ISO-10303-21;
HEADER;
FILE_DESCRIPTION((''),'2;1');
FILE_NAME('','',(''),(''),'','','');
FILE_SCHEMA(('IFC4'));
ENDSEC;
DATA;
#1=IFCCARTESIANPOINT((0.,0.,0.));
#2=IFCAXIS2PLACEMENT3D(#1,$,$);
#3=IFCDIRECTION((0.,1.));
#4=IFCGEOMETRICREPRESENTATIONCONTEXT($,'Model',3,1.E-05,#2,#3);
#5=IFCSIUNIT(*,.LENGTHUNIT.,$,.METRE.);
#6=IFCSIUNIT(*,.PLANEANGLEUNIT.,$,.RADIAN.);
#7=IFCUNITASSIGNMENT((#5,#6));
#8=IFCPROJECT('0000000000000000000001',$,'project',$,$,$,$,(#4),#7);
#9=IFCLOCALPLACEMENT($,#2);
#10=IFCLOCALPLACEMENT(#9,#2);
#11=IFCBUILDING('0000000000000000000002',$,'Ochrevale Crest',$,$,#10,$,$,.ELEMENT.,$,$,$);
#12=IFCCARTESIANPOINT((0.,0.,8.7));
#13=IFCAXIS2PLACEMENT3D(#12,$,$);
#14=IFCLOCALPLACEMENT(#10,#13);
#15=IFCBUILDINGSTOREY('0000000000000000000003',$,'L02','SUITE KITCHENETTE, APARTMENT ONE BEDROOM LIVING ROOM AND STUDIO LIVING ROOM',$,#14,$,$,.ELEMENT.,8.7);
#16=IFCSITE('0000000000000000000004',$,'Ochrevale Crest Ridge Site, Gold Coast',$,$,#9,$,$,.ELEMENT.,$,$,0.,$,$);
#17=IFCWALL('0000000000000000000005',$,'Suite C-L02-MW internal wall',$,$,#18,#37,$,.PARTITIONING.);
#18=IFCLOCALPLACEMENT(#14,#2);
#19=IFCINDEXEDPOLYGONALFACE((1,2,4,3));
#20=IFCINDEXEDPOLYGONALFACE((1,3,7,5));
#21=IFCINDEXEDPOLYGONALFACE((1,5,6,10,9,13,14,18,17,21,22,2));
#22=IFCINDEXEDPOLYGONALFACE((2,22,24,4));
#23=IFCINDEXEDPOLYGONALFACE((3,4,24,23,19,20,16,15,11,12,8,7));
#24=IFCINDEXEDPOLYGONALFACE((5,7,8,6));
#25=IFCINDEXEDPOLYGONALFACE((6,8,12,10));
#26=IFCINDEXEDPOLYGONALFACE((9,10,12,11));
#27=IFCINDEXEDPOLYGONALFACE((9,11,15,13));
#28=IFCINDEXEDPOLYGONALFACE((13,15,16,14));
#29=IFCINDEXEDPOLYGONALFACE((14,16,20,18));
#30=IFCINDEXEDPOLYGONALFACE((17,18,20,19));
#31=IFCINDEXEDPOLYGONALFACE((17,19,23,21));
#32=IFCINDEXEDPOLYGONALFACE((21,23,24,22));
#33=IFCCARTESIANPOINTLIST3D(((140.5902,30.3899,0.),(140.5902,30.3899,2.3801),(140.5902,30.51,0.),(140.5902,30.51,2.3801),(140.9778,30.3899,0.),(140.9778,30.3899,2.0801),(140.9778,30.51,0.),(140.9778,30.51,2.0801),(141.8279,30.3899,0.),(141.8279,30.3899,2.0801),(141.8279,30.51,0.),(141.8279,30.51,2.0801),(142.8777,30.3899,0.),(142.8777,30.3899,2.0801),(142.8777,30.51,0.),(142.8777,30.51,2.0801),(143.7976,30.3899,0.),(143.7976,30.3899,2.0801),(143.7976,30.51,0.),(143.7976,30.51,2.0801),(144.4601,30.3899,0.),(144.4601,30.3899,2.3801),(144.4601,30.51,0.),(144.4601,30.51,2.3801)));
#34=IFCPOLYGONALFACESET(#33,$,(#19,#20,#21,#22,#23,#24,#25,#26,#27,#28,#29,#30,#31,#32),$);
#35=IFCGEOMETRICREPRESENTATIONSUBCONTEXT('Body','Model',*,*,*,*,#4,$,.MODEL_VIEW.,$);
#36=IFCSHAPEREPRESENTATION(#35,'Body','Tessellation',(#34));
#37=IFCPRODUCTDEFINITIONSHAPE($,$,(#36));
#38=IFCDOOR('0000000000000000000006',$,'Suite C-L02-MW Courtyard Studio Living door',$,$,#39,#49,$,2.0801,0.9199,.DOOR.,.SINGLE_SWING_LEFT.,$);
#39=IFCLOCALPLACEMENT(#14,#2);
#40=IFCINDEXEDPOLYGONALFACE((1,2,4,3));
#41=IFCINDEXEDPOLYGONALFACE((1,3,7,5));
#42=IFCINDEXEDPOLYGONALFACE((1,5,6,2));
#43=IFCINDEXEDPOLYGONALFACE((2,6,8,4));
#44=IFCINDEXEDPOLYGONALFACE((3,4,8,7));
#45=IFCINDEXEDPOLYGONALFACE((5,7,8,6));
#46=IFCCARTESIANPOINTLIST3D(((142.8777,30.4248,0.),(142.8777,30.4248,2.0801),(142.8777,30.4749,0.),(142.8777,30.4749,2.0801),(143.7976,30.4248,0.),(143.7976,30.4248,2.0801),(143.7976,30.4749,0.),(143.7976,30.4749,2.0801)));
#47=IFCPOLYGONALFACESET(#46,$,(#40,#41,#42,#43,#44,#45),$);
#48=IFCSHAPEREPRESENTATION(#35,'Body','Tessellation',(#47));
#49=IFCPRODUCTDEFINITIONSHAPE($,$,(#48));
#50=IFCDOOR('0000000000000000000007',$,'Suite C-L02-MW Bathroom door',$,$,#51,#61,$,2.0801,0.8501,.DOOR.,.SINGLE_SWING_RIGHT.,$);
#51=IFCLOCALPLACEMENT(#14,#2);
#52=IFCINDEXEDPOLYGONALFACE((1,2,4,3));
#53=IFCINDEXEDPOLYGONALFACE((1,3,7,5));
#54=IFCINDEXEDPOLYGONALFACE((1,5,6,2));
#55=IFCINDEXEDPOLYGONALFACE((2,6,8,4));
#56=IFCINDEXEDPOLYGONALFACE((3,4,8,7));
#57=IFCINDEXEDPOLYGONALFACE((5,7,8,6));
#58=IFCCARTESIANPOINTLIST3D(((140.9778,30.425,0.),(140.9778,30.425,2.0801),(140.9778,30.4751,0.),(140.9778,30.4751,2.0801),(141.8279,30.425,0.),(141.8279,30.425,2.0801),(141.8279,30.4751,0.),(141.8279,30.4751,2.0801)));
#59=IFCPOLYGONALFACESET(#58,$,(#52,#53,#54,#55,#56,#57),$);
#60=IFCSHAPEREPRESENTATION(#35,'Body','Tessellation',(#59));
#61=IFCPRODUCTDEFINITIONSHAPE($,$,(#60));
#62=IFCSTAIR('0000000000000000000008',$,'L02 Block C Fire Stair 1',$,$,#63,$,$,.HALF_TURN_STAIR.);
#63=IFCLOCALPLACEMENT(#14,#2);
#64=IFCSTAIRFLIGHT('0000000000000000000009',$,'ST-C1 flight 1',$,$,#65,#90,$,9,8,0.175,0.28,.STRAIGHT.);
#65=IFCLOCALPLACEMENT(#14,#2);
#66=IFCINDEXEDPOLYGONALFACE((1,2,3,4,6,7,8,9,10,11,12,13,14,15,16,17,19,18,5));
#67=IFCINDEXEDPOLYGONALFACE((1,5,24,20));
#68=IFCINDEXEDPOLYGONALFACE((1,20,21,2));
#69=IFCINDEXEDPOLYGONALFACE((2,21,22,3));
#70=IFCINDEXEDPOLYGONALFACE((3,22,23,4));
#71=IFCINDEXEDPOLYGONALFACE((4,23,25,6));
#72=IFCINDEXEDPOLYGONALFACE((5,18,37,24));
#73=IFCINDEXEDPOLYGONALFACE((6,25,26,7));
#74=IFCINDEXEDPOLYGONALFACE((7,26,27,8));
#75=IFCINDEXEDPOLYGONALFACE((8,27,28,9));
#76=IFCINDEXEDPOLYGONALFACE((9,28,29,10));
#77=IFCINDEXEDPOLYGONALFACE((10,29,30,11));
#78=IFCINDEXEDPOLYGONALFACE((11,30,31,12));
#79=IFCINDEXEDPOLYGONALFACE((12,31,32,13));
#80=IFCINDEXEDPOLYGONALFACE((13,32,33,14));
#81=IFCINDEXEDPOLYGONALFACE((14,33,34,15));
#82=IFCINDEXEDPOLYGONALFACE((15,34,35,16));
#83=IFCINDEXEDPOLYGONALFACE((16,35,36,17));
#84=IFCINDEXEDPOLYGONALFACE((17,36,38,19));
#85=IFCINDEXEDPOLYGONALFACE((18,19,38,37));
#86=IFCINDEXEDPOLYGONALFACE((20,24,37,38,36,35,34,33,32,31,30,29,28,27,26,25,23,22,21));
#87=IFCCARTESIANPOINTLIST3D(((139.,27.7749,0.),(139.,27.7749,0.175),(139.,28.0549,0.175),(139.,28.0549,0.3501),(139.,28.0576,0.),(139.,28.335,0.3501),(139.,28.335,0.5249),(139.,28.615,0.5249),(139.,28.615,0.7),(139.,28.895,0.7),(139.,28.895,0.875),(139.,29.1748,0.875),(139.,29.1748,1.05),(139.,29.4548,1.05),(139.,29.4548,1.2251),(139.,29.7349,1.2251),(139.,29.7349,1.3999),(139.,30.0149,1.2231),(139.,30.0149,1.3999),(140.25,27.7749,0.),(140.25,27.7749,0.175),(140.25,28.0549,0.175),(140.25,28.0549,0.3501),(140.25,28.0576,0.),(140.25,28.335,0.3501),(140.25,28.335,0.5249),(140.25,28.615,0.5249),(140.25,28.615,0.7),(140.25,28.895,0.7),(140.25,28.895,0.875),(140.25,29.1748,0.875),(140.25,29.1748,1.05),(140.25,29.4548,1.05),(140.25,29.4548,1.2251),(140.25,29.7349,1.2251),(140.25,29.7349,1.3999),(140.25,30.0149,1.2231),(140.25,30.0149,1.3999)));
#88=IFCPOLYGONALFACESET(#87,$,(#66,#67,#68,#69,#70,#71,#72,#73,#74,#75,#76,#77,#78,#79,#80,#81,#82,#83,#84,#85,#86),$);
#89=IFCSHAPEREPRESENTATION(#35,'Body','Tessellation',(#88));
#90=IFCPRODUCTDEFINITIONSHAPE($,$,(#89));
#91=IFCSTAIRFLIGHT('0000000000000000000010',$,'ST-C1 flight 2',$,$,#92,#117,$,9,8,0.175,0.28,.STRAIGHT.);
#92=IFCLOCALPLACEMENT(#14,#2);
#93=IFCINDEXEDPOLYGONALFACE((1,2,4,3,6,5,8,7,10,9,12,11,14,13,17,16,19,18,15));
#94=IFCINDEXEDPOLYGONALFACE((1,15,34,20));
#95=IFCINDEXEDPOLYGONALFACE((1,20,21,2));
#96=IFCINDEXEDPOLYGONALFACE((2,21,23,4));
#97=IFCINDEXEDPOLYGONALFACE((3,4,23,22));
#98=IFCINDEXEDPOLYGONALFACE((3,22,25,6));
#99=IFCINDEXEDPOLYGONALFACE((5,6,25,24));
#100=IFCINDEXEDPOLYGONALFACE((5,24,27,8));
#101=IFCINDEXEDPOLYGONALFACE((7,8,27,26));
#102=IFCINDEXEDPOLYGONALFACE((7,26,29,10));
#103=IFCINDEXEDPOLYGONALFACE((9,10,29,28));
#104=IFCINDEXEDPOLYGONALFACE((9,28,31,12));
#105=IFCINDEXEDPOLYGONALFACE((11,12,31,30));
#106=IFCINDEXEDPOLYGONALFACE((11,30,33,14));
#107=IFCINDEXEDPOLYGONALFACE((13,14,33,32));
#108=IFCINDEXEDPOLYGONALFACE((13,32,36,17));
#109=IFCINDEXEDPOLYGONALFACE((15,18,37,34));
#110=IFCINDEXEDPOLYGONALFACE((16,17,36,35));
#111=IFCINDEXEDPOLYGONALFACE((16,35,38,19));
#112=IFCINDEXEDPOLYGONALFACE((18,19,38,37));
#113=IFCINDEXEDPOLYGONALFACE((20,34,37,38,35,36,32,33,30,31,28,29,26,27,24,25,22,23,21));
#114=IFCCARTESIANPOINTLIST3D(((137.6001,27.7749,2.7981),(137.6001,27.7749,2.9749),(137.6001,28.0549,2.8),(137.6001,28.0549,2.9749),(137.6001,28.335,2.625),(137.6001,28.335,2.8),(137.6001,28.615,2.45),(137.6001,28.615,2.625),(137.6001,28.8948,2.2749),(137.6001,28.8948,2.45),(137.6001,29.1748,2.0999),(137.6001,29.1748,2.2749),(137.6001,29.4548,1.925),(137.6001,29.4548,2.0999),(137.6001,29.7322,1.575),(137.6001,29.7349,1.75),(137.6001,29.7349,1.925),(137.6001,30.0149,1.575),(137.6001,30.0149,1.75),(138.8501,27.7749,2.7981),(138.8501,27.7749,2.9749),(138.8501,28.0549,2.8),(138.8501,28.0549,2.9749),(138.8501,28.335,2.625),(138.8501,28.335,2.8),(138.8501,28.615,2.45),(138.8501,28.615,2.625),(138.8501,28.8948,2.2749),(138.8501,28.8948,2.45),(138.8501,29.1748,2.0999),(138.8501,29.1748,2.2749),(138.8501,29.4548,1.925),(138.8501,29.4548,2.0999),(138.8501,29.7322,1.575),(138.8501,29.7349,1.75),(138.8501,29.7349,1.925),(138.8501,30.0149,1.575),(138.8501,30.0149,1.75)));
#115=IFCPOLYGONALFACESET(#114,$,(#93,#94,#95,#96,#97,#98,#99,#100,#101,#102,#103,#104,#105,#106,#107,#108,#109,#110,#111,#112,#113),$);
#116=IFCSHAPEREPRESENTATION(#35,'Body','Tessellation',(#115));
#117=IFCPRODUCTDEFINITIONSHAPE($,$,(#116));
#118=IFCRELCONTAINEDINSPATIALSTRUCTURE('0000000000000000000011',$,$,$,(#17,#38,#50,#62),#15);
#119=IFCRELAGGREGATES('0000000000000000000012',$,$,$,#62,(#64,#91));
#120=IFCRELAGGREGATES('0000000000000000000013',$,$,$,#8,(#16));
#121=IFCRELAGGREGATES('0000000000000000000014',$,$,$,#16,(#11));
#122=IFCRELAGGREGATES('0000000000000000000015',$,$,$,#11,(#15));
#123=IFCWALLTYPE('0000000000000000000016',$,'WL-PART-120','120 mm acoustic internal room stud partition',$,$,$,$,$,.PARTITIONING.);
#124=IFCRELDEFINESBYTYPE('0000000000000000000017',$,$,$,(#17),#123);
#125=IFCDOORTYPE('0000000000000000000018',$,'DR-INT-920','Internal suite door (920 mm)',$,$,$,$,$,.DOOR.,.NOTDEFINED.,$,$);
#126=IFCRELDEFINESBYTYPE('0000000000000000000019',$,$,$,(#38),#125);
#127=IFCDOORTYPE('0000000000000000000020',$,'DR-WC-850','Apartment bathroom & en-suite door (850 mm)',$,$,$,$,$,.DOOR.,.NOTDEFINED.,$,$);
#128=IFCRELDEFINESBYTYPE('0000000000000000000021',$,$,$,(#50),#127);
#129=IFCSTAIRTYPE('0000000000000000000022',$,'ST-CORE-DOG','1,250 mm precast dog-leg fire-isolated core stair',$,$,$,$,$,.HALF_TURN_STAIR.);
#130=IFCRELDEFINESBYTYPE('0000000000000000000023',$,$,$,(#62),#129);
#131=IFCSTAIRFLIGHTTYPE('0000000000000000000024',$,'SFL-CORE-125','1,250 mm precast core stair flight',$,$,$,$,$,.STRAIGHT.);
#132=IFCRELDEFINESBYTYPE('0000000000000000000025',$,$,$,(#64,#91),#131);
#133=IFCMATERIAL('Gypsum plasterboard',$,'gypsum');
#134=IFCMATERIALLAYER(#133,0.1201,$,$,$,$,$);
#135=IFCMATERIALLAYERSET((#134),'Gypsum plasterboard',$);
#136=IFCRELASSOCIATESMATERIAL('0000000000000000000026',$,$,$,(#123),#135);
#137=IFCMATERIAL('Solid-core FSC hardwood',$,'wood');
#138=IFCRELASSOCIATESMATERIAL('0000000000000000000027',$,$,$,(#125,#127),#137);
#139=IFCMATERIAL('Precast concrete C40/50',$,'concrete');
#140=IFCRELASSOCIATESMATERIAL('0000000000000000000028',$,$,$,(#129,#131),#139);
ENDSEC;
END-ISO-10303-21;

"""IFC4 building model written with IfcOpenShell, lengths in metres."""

from ifc_helpers import new_model, si_unit, direction, frame, frame_2d, origin, place, context, subcontext, project, spatial, polyline, rectangle, outline, extrude, material, layer, layer_set, type_object, element, fill, aggregate, save


model = new_model("IFC4")

# Units and contexts
model_context = context("Model", 3, precision=1e-05, world=origin(), true_north=direction((0.0, 1.0)))
body_context = subcontext(model_context, "Body", "Model", "MODEL_VIEW")
ifc_project = project(units=[si_unit("LENGTHUNIT", "METRE"), si_unit("PLANEANGLEUNIT", "RADIAN")], contexts=[model_context])

# Site, building, storey
site_placement = place(None, origin())
site = spatial("IfcSite", under=ifc_project, at=site_placement, Name="Ochrevale Crest Ridge Site, Gold Coast", CompositionType="ELEMENT", RefElevation=0.0)
building_placement = place(site_placement, origin())
building = spatial("IfcBuilding", under=site, at=building_placement, Name="Ochrevale Crest", CompositionType="ELEMENT")
storey_placement = place(building_placement, frame((0.0, 0.0, 8.7)))
storey = spatial("IfcBuildingStorey", under=building, at=storey_placement, Name="L02", Description="SUITE KITCHENETTE, APARTMENT ONE BEDROOM LIVING ROOM AND STUDIO LIVING ROOM", CompositionType="ELEMENT", Elevation=8.7)

# Shared definitions
ifc_material_1 = material(Name="Precast concrete C40/50", Category="concrete")

# Wall, openings, doors
ifc_material_2 = material(Name="Gypsum plasterboard", Category="gypsum")
ifc_layer_1 = layer(ifc_material_2, 0.1201)
ifc_layer_set_1 = layer_set([ifc_layer_1], Name="Gypsum plasterboard")
wall_type_1 = type_object("IfcWallType", Name="WL-PART-120", Description="120 mm acoustic internal room stud partition", PredefinedType="PARTITIONING", material=ifc_layer_set_1)
wall_1_placement = place(storey_placement, frame((140.5901, 30.45, 0.0), z_axis=(0.0, 0.0, 1.0), x_axis=(1.0, 0.0, 0.0)))
wall_1 = element("IfcWall", 1, at=wall_1_placement, inside=storey, type_object=wall_type_1, Name="Suite C-L02-MW internal wall", PredefinedType="PARTITIONING", context=body_context, shape_type="SweptSolid", body=[
    extrude(rectangle(XDim=3.8699, YDim=0.1201, at=frame_2d((1.9351, 0.0))), origin(), (0.0, 0.0, 1.0), 2.3801),
])
opening_1_placement = place(wall_1_placement, frame((1.2378, 0.0, 0.0), z_axis=(0.0, 0.0, 1.0), x_axis=(-1.0, 0.0, 0.0)))
opening_1 = element("IfcOpeningElement", 2, at=opening_1_placement, cuts=wall_1, PredefinedType="OPENING", context=body_context, shape_type="SweptSolid", body=[
    extrude(rectangle(XDim=0.8501, YDim=2.0801, at=frame_2d((0.425, 1.04))), frame((0.0, 0.0701, 0.0), z_axis=(0.0, -1.0, 0.0), x_axis=(1.0, 0.0, 0.0)), (0.0, 0.0, 1.0), 0.1401),
])
opening_2_placement = place(wall_1_placement, frame((2.2876, 0.0, 0.0)))
opening_2 = element("IfcOpeningElement", 3, at=opening_2_placement, cuts=wall_1, PredefinedType="OPENING", context=body_context, shape_type="SweptSolid", body=[
    extrude(rectangle(XDim=0.9199, YDim=2.0801, at=frame_2d((0.46, 1.04))), frame((0.0, 0.0701, 0.0), z_axis=(0.0, -1.0, 0.0), x_axis=(1.0, 0.0, 0.0)), (0.0, 0.0, 1.0), 0.1401),
])
ifc_material_3 = material(Name="Solid-core FSC hardwood", Category="wood")
door_type_1 = type_object("IfcDoorType", Name="DR-INT-920", Description="Internal suite door (920 mm)", OperationType="NOTDEFINED", PredefinedType="DOOR", material=ifc_material_3)
door_1_placement = place(opening_2_placement, origin())
door_1 = element("IfcDoor", 4, at=door_1_placement, inside=storey, type_object=door_type_1, Name="Suite C-L02-MW Courtyard Studio Living door", OperationType="SINGLE_SWING_LEFT", OverallHeight=2.0801, OverallWidth=0.9199, PredefinedType="DOOR", context=body_context, shape_type="SweptSolid", body=[
    extrude(rectangle(XDim=0.9199, YDim=2.0801, at=frame_2d((0.46, 1.04))), frame((0.0, 0.0249, 0.0), z_axis=(0.0, -1.0, 0.0), x_axis=(1.0, 0.0, 0.0)), (0.0, 0.0, 1.0), 0.05),
])
fill(opening_2, door_1)
door_type_2 = type_object("IfcDoorType", Name="DR-WC-850", Description="Apartment bathroom & en-suite door (850 mm)", OperationType="NOTDEFINED", PredefinedType="DOOR", material=ifc_material_3)
door_2_placement = place(opening_1_placement, origin())
door_2 = element("IfcDoor", 5, at=door_2_placement, inside=storey, type_object=door_type_2, Name="Suite C-L02-MW Bathroom door", OperationType="SINGLE_SWING_RIGHT", OverallHeight=2.0801, OverallWidth=0.8501, PredefinedType="DOOR", context=body_context, shape_type="SweptSolid", body=[
    extrude(rectangle(XDim=0.8501, YDim=2.0801, at=frame_2d((0.425, 1.04))), frame((0.0, 0.0249, 0.0), z_axis=(0.0, -1.0, 0.0), x_axis=(1.0, 0.0, 0.0)), (0.0, 0.0, 1.0), 0.05),
])
fill(opening_1, door_2)

# Stair, stair flights
stair_type = type_object("IfcStairType", Name="ST-CORE-DOG", Description="1,250 mm precast dog-leg fire-isolated core stair", PredefinedType="HALF_TURN_STAIR", material=ifc_material_1)
stair_placement = place(storey_placement, origin())
stair = element("IfcStair", 6, at=stair_placement, inside=storey, type_object=stair_type, Name="L02 Block C Fire Stair 1", PredefinedType="HALF_TURN_STAIR")
stair_flight_type = type_object("IfcStairFlightType", Name="SFL-CORE-125", Description="1,250 mm precast core stair flight", PredefinedType="STRAIGHT", material=ifc_material_1)
stair_flight_1_placement = place(storey_placement, frame((139.625, 27.7749, 0.0), z_axis=(0.0, 0.0, 1.0), x_axis=(0.0, 1.0, 0.0)))
stair_flight_1 = element("IfcStairFlight", 7, at=stair_flight_1_placement, type_object=stair_flight_type, Name="ST-C1 flight 1", NumberOfRisers=9, NumberOfTreads=8, PredefinedType="STRAIGHT", RiserHeight=0.175, TreadLength=0.28, context=body_context, shape_type="SweptSolid", body=[
    extrude(outline(polyline([(0.0, 0.0), (0.0, 0.175), (0.28, 0.175), (0.28, 0.3501), (0.5601, 0.3501), (0.5601, 0.5249), (0.8401, 0.5249), (0.8401, 0.7), (1.1201, 0.7), (1.1201, 0.875), (1.3999, 0.875), (1.3999, 1.05), (1.6799, 1.05), (1.6799, 1.2251), (1.96, 1.2251), (1.96, 1.3999), (2.24, 1.3999), (2.24, 1.575), (2.24, 1.2231), (0.2827, 0.0), (0.0, 0.0)])), frame((0.0, 0.625, 0.0), z_axis=(0.0, -1.0, 0.0), x_axis=(1.0, 0.0, 0.0)), (0.0, 0.0, 1.0), 1.25),
])
stair_flight_2_placement = place(storey_placement, frame((138.2251, 30.0149, 1.575), z_axis=(0.0, 0.0, 1.0), x_axis=(0.0, -1.0, 0.0)))
stair_flight_2 = element("IfcStairFlight", 8, at=stair_flight_2_placement, type_object=stair_flight_type, Name="ST-C1 flight 2", NumberOfRisers=9, NumberOfTreads=8, PredefinedType="STRAIGHT", RiserHeight=0.175, TreadLength=0.28, context=body_context, shape_type="SweptSolid", body=[
    extrude(outline(polyline([(0.0, 0.0), (0.0, 0.175), (0.28, 0.175), (0.28, 0.3501), (0.5601, 0.3501), (0.5601, 0.5249), (0.8401, 0.5249), (0.8401, 0.7), (1.1201, 0.7), (1.1201, 0.875), (1.3999, 0.875), (1.3999, 1.05), (1.6799, 1.05), (1.6799, 1.2251), (1.96, 1.2251), (1.96, 1.3999), (2.24, 1.3999), (2.24, 1.575), (2.24, 1.2231), (0.2827, 0.0), (0.0, 0.0)])), frame((0.0, 0.625, 0.0), z_axis=(0.0, -1.0, 0.0), x_axis=(1.0, 0.0, 0.0)), (0.0, 0.0, 1.0), 1.25),
])
aggregate(stair, [stair_flight_1, stair_flight_2])

save(model, "model.ifc")
